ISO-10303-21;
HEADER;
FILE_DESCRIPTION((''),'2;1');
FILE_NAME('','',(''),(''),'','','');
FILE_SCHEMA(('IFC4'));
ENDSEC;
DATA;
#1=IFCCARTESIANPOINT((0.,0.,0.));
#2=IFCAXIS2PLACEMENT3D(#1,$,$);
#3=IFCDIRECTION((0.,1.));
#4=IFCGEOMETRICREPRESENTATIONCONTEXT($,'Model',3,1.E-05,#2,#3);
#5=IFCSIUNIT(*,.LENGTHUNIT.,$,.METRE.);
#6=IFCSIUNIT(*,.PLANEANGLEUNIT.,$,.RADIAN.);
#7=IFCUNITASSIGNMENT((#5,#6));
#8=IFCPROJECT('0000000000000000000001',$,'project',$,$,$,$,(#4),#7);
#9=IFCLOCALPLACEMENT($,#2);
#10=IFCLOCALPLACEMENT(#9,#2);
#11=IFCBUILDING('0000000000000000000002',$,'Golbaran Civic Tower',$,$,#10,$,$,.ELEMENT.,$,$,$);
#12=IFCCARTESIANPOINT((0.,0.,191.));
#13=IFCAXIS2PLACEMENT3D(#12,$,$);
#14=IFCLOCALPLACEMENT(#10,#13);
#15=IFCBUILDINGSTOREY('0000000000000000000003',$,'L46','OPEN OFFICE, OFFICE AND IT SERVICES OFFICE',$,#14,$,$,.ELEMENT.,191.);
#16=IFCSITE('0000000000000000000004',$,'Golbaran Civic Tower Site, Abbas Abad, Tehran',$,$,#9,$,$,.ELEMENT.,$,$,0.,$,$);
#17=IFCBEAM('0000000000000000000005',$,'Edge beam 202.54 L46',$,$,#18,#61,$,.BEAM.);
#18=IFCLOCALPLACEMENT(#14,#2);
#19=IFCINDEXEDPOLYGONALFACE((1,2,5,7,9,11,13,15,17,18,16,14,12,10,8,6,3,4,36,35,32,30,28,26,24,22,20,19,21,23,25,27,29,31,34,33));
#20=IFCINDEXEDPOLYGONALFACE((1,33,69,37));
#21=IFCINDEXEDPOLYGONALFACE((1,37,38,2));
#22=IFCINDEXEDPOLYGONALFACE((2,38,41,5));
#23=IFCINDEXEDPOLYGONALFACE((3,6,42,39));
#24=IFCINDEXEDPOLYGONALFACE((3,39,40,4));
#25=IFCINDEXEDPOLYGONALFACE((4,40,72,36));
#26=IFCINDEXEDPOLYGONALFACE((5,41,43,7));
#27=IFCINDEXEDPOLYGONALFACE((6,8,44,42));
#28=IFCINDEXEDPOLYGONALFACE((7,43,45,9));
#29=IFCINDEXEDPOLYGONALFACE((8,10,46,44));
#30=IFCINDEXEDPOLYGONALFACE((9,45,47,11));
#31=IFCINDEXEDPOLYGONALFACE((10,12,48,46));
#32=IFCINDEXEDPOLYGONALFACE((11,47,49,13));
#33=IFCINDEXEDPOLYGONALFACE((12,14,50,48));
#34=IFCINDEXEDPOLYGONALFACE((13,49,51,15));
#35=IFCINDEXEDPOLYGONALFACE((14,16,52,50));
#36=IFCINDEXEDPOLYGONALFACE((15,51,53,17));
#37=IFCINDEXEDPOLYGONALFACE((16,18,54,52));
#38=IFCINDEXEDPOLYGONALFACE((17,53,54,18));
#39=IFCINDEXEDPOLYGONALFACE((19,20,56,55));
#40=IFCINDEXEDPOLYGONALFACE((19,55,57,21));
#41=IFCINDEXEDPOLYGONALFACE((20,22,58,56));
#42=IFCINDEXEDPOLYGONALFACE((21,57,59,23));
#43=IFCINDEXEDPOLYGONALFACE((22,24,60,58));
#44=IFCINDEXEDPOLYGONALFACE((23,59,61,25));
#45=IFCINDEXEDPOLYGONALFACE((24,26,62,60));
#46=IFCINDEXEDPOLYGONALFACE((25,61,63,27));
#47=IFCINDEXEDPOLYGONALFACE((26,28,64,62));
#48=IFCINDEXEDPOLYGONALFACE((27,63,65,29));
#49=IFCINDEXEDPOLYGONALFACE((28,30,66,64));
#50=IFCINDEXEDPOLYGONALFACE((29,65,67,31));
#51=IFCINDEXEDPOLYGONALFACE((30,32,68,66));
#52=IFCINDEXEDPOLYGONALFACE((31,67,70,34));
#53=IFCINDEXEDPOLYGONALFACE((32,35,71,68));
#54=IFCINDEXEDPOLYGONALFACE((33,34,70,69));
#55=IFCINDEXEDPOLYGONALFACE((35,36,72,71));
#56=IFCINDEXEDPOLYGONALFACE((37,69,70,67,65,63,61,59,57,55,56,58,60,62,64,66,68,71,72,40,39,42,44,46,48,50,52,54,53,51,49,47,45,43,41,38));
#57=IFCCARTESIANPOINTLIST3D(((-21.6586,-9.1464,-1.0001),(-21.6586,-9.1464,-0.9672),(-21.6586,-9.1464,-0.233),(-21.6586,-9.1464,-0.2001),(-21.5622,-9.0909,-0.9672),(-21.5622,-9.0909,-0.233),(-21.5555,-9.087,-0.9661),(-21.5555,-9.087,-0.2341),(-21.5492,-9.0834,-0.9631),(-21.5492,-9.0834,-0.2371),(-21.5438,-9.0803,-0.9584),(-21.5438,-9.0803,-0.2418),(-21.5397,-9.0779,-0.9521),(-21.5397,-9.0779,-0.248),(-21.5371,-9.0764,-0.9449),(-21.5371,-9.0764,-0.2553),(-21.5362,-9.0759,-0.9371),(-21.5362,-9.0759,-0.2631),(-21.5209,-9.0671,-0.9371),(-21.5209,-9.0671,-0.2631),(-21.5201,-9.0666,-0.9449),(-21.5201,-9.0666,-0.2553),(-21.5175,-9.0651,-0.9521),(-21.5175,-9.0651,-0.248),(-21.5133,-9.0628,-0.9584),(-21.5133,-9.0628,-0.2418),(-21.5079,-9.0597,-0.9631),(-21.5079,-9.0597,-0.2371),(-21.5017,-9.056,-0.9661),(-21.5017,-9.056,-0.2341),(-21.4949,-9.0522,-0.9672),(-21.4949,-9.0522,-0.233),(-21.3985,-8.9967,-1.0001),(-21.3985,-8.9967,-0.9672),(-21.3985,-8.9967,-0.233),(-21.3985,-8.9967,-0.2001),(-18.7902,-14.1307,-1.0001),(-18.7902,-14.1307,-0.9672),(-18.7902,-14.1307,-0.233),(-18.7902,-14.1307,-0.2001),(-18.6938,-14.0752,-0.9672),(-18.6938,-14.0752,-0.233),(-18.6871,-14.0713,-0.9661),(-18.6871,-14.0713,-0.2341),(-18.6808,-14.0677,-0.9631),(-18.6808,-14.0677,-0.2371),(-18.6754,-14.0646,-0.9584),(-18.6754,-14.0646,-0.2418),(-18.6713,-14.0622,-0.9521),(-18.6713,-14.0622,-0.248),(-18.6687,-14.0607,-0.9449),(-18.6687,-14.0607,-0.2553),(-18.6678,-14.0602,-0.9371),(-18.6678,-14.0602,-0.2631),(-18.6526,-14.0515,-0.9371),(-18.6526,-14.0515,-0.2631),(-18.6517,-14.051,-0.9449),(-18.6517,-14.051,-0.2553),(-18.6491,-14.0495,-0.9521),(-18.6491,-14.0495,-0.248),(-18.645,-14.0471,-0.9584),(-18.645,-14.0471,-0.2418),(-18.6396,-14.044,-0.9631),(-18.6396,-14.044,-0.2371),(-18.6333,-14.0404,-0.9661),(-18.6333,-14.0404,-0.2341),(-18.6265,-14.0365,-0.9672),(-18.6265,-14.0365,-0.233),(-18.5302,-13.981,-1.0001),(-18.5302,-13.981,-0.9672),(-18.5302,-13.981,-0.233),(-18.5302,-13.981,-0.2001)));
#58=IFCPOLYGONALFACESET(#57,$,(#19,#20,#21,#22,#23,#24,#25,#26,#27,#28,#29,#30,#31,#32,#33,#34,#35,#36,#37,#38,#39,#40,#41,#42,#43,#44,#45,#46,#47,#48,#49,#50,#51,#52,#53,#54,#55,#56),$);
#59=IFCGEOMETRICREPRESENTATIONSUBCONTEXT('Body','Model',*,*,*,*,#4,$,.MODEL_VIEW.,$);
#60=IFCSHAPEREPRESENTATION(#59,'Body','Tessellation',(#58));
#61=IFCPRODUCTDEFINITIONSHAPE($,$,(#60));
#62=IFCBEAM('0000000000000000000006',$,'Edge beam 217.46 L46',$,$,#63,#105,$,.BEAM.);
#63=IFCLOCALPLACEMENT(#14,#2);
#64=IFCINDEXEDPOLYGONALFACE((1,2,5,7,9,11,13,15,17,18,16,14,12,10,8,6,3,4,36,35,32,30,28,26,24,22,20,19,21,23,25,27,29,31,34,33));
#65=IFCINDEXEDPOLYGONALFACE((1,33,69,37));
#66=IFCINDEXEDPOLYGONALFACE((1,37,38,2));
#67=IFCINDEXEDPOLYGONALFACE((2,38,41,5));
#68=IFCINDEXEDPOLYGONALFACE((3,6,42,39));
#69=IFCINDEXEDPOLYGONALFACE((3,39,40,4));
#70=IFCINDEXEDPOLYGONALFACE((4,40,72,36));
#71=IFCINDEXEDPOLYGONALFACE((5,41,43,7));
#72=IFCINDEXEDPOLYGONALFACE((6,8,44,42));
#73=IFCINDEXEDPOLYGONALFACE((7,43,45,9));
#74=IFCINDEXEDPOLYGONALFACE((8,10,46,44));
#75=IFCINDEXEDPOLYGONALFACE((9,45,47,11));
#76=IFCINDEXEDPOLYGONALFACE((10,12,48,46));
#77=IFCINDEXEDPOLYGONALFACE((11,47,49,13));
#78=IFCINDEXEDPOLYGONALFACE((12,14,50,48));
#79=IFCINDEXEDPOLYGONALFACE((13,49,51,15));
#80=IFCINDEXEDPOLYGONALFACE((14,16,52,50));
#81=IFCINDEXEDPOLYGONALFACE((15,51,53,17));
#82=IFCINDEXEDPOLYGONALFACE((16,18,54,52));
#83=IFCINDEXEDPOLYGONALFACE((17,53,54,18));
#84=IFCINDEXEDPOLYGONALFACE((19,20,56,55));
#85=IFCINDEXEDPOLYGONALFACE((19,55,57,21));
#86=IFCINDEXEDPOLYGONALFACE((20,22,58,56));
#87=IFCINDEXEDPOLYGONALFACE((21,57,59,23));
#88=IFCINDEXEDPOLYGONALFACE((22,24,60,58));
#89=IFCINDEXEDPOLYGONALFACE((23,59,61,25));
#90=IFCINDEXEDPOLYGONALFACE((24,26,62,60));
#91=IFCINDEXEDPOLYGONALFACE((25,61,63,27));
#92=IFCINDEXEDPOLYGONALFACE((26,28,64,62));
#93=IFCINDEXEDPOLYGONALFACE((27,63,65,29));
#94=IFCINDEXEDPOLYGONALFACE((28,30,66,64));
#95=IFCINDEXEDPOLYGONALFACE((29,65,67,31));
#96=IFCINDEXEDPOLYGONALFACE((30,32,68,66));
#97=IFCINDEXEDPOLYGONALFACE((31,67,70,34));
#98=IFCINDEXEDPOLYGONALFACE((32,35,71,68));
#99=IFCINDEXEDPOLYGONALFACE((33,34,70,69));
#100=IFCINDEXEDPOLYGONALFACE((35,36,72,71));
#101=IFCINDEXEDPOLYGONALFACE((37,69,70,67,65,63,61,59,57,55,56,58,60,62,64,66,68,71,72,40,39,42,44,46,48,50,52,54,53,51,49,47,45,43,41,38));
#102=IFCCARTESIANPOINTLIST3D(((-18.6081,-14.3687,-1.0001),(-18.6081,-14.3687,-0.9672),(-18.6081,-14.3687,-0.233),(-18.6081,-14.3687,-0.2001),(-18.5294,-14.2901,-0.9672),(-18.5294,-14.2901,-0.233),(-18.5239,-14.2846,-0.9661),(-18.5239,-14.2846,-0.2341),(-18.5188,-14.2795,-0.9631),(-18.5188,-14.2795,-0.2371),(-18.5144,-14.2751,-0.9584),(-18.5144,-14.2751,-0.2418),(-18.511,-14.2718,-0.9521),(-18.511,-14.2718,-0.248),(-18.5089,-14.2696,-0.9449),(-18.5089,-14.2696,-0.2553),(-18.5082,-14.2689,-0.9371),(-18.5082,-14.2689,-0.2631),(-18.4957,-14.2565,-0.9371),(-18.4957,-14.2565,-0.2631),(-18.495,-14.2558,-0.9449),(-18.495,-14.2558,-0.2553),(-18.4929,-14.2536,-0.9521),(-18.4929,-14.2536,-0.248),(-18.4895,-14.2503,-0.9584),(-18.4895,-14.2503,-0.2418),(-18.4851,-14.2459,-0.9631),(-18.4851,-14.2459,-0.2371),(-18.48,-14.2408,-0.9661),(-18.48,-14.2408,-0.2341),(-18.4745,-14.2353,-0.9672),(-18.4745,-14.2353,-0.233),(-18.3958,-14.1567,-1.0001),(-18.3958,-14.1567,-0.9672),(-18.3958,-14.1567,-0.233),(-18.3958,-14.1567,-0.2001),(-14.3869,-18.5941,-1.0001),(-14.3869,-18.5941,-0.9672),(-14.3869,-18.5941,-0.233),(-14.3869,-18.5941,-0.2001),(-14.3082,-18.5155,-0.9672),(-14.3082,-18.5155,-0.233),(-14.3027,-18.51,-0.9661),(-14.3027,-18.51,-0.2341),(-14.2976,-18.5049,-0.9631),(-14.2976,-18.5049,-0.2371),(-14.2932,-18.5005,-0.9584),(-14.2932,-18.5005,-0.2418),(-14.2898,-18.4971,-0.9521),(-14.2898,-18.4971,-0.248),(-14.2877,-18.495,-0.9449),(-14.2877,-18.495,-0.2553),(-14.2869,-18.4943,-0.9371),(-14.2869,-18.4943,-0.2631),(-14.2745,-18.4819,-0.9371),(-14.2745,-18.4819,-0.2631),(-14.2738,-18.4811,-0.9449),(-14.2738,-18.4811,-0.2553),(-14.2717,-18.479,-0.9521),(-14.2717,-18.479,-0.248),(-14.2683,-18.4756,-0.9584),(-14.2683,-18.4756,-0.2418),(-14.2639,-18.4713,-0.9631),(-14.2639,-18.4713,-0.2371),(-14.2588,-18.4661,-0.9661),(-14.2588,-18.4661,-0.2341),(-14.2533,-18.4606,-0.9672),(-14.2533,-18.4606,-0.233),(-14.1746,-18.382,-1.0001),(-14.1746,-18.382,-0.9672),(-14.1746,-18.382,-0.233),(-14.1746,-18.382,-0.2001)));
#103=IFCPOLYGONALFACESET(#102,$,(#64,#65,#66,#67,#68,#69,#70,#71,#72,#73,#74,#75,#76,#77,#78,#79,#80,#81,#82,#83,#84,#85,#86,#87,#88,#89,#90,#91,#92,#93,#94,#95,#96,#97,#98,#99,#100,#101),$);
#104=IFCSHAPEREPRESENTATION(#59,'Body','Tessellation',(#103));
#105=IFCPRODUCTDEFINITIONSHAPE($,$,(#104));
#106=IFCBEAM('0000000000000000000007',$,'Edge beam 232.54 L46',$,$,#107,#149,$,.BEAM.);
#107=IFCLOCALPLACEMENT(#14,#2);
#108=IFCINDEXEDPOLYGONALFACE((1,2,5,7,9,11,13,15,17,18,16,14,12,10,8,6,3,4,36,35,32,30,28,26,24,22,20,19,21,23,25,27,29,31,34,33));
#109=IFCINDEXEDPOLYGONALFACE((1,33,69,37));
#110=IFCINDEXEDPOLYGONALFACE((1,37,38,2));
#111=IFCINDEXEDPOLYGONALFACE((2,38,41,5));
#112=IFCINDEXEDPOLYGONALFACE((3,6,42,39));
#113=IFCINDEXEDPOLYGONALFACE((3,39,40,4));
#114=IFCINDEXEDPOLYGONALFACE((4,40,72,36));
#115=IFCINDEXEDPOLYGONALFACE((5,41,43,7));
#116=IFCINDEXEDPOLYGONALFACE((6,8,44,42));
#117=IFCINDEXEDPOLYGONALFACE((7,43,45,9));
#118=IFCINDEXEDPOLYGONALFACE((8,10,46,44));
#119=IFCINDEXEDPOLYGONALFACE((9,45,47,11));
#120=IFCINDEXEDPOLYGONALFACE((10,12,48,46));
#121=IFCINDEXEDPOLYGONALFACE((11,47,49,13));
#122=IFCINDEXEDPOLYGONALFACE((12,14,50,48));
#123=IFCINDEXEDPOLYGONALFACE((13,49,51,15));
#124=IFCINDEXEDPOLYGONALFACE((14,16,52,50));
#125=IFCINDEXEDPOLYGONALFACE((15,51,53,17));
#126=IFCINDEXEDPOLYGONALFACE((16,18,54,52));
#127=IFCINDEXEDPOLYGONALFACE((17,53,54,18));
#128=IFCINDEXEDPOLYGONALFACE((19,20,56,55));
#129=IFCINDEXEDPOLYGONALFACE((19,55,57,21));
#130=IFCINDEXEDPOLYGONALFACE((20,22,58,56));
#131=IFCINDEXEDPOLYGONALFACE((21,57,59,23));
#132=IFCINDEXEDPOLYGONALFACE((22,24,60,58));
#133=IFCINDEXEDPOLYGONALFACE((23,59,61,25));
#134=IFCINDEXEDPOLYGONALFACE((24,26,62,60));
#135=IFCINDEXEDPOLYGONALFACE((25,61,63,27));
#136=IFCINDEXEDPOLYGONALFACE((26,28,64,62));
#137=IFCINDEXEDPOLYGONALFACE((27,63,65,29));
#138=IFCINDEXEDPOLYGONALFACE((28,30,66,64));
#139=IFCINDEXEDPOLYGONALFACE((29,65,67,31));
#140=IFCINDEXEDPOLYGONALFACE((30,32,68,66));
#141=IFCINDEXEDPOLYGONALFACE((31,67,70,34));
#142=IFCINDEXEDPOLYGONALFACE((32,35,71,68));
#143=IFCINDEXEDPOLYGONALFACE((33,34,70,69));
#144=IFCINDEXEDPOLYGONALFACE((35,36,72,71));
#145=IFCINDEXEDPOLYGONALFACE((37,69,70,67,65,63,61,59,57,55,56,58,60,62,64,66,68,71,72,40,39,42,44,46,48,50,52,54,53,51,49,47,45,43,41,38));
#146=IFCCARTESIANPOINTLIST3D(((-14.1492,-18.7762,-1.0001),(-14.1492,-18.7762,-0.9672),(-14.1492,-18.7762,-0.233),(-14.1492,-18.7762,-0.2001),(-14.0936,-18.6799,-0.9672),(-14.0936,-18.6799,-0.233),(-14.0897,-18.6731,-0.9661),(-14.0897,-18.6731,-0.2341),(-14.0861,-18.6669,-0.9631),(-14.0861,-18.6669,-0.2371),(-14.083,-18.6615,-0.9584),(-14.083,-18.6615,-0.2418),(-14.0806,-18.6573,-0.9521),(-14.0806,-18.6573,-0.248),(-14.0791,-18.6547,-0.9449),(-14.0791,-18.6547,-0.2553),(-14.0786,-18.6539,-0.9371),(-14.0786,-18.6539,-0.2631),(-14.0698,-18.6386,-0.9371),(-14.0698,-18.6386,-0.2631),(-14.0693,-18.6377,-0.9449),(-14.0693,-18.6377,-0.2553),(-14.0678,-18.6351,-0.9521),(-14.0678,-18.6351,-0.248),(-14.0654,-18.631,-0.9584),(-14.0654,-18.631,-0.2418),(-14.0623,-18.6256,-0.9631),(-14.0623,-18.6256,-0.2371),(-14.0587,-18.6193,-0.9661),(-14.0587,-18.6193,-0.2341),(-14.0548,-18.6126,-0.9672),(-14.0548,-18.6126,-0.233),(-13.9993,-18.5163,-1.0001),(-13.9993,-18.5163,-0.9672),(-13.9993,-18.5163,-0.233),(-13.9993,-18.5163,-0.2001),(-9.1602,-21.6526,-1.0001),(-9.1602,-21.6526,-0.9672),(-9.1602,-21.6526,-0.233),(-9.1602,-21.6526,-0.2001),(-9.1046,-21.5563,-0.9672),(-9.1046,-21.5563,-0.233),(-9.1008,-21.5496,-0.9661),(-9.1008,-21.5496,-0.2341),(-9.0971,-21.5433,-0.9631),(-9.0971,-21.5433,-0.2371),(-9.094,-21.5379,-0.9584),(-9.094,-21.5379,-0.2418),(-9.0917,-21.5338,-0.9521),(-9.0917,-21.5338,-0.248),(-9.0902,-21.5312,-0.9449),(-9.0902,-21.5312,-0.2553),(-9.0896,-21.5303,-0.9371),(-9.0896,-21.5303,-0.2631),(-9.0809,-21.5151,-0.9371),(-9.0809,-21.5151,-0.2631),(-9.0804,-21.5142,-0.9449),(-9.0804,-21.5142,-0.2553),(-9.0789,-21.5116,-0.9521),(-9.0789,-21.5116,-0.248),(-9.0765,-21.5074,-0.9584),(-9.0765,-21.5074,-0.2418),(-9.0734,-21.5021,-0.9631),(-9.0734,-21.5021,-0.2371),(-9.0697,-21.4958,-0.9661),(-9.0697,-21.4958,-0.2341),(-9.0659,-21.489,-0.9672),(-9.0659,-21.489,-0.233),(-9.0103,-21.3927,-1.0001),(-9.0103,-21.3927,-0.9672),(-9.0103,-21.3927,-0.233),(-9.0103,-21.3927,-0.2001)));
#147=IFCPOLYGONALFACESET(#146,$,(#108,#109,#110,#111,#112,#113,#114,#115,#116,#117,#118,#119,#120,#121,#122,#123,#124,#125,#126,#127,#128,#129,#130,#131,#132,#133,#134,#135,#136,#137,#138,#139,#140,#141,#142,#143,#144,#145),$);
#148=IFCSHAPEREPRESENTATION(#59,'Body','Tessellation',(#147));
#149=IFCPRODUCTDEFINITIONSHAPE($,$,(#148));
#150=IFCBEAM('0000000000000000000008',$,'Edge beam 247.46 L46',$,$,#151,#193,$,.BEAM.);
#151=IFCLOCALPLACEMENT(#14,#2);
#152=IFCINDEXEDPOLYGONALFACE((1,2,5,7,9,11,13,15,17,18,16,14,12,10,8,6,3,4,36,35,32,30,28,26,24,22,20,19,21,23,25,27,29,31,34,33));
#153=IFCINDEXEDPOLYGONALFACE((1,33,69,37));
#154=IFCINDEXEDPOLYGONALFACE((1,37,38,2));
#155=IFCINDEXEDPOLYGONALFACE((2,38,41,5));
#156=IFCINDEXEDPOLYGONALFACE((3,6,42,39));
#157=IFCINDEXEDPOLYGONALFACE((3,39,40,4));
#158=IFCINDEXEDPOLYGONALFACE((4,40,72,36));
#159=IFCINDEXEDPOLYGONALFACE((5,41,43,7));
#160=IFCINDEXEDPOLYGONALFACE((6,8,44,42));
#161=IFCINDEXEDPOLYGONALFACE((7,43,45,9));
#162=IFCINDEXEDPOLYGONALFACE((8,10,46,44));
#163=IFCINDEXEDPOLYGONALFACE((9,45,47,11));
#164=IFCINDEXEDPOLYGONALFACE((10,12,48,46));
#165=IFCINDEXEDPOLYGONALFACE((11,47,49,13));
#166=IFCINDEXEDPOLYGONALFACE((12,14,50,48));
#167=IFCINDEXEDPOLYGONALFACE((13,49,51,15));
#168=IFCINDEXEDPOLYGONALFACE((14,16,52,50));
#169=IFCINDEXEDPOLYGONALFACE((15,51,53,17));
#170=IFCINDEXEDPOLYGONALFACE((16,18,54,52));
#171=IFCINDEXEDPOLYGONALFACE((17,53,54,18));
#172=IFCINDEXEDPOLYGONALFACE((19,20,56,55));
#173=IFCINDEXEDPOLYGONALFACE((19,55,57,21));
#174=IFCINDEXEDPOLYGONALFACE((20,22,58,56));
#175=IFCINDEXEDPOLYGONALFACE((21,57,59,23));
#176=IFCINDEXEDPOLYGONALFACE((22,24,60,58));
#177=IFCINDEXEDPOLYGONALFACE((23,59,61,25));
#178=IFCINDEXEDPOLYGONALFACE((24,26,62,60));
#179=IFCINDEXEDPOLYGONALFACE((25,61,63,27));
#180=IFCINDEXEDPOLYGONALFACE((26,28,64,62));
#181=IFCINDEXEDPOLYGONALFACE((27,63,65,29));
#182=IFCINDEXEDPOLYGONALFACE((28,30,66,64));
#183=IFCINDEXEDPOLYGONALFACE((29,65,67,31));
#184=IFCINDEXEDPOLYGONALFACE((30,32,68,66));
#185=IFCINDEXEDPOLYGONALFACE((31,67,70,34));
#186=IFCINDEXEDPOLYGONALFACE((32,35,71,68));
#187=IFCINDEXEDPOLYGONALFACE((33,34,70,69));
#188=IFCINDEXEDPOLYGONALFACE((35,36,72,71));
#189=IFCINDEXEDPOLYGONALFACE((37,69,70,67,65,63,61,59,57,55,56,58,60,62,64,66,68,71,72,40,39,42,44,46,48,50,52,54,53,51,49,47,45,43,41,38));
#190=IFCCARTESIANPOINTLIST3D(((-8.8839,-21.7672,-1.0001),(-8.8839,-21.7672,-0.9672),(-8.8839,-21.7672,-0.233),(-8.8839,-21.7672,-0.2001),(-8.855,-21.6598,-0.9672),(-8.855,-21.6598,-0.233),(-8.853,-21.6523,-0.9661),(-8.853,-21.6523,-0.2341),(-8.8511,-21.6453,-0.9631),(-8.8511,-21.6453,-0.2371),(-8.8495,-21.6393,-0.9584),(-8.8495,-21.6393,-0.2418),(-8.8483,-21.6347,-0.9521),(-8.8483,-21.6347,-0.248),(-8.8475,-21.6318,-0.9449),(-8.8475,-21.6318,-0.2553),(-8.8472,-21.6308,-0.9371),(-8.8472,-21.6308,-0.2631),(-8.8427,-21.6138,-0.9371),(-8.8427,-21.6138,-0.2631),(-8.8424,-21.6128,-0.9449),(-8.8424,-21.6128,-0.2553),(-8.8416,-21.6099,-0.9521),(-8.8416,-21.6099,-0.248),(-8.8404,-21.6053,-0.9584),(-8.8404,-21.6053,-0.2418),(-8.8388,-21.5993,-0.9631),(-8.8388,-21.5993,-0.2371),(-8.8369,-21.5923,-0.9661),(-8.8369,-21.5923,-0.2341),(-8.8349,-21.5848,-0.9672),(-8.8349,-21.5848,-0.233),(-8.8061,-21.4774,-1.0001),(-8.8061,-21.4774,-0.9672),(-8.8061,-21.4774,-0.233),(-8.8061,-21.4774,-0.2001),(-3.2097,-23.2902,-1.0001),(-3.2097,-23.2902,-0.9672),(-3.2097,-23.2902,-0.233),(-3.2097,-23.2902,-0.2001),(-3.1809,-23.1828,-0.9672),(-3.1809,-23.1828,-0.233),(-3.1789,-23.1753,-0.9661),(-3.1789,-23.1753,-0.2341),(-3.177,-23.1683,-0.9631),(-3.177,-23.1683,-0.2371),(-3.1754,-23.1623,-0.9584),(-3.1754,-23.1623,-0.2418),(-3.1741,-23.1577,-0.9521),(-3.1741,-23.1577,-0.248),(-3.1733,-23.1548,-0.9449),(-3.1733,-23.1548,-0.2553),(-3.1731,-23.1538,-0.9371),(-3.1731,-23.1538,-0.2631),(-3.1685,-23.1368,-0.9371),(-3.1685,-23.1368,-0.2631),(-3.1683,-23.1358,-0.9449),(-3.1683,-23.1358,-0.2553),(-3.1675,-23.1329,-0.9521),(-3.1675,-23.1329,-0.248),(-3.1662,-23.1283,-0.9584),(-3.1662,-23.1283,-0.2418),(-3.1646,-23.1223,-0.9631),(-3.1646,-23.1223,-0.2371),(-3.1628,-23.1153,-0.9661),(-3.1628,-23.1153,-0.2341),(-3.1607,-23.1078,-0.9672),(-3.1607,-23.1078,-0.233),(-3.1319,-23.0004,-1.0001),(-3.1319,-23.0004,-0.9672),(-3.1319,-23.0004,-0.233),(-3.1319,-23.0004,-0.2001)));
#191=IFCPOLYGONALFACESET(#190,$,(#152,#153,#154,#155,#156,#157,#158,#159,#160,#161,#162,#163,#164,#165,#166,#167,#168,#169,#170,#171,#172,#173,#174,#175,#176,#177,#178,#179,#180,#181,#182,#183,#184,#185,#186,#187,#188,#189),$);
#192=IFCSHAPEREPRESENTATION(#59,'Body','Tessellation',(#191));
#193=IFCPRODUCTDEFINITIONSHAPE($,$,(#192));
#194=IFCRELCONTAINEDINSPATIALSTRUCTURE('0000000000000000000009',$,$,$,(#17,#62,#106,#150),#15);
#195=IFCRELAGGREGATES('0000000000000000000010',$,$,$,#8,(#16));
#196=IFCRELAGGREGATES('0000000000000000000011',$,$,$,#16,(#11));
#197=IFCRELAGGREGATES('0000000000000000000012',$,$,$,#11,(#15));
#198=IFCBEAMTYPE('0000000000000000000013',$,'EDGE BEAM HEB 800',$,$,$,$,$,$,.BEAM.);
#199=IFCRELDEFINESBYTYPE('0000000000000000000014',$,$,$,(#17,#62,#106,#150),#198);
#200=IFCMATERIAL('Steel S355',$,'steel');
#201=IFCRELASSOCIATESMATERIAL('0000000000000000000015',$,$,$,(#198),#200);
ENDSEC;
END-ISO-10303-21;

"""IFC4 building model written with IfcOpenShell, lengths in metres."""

from ifc_helpers import new_model, si_unit, direction, frame, origin, origin_2d, place, context, subcontext, project, spatial, i_section, extrude, material, material_profile, profile_set, type_object, element, save


model = new_model("IFC4")

# Units and contexts
model_context = context("Model", 3, precision=1e-05, world=origin(), true_north=direction((0.0, 1.0)))
body_context = subcontext(model_context, "Body", "Model", "MODEL_VIEW")
ifc_project = project(units=[si_unit("LENGTHUNIT", "METRE"), si_unit("PLANEANGLEUNIT", "RADIAN")], contexts=[model_context])

# Site, building, storey
site_placement = place(None, origin())
site = spatial("IfcSite", under=ifc_project, at=site_placement, Name="Golbaran Civic Tower Site, Abbas Abad, Tehran", CompositionType="ELEMENT", RefElevation=0.0)
building_placement = place(site_placement, origin())
building = spatial("IfcBuilding", under=site, at=building_placement, Name="Golbaran Civic Tower", CompositionType="ELEMENT")
storey_placement = place(building_placement, frame((0.0, 0.0, 191.0)))
storey = spatial("IfcBuildingStorey", under=building, at=storey_placement, Name="L46", Description="OPEN OFFICE, OFFICE AND IT SERVICES OFFICE", CompositionType="ELEMENT", Elevation=191.0)

# Beams
ifc_material_1 = material(Name="Steel S355", Category="steel")
ifc_material_profile_1 = material_profile(ifc_material_1, i_section(OverallWidth=0.3, OverallDepth=0.8, WebThickness=0.0176, FlangeThickness=0.033, FilletRadius=0.03, at=origin_2d()), Name="HEB 800")
ifc_profile_set_1 = profile_set([ifc_material_profile_1], Name="Steel S355")
beam_type_1 = type_object("IfcBeamType", Name="EDGE BEAM HEB 800", PredefinedType="BEAM", material=ifc_profile_set_1)
beam_1_placement = place(storey_placement, frame((-21.5286, -9.0715, -0.6001), z_axis=(0.498784, -0.866726, 0.0), x_axis=(0.866726, 0.498784, 0.0)))
element("IfcBeam", 1, at=beam_1_placement, inside=storey, type_object=beam_type_1, Name="Edge beam 202.54 L46", PredefinedType="BEAM", context=body_context, shape_type="SweptSolid", body=[
    extrude(i_section(OverallWidth=0.3, OverallDepth=0.8, WebThickness=0.0176, FlangeThickness=0.033, FilletRadius=0.03, at=origin_2d()), origin(), (0.0, 0.0, 1.0), 5.7507),
])
beam_2_placement = place(storey_placement, frame((-18.502, -14.2627, -0.6001), z_axis=(0.706759, -0.707454, 0.0), x_axis=(0.707454, 0.706759, 0.0)))
element("IfcBeam", 2, at=beam_2_placement, inside=storey, type_object=beam_type_1, Name="Edge beam 217.46 L46", PredefinedType="BEAM", context=body_context, shape_type="SweptSolid", body=[
    extrude(i_section(OverallWidth=0.3, OverallDepth=0.8, WebThickness=0.0176, FlangeThickness=0.033, FilletRadius=0.03, at=origin_2d()), origin(), (0.0, 0.0, 1.0), 5.9727),
])
beam_3_placement = place(storey_placement, frame((-14.0742, -18.6462, -0.6001), z_axis=(0.866322, -0.499486, 0.0), x_axis=(0.499486, 0.866322, 0.0)))
element("IfcBeam", 3, at=beam_3_placement, inside=storey, type_object=beam_type_1, Name="Edge beam 232.54 L46", PredefinedType="BEAM", context=body_context, shape_type="SweptSolid", body=[
    extrude(i_section(OverallWidth=0.3, OverallDepth=0.8, WebThickness=0.0176, FlangeThickness=0.033, FilletRadius=0.03, at=origin_2d()), origin(), (0.0, 0.0, 1.0), 5.7588),
])
beam_4_placement = place(storey_placement, frame((-8.845, -21.6223, -0.6001), z_axis=(0.965816, -0.25923, 0.0), x_axis=(0.25923, 0.965816, 0.0)))
element("IfcBeam", 4, at=beam_4_placement, inside=storey, type_object=beam_type_1, Name="Edge beam 247.46 L46", PredefinedType="BEAM", context=body_context, shape_type="SweptSolid", body=[
    extrude(i_section(OverallWidth=0.3, OverallDepth=0.8, WebThickness=0.0176, FlangeThickness=0.033, FilletRadius=0.03, at=origin_2d()), origin(), (0.0, 0.0, 1.0), 5.875),
])

save(model, "model.ifc")
